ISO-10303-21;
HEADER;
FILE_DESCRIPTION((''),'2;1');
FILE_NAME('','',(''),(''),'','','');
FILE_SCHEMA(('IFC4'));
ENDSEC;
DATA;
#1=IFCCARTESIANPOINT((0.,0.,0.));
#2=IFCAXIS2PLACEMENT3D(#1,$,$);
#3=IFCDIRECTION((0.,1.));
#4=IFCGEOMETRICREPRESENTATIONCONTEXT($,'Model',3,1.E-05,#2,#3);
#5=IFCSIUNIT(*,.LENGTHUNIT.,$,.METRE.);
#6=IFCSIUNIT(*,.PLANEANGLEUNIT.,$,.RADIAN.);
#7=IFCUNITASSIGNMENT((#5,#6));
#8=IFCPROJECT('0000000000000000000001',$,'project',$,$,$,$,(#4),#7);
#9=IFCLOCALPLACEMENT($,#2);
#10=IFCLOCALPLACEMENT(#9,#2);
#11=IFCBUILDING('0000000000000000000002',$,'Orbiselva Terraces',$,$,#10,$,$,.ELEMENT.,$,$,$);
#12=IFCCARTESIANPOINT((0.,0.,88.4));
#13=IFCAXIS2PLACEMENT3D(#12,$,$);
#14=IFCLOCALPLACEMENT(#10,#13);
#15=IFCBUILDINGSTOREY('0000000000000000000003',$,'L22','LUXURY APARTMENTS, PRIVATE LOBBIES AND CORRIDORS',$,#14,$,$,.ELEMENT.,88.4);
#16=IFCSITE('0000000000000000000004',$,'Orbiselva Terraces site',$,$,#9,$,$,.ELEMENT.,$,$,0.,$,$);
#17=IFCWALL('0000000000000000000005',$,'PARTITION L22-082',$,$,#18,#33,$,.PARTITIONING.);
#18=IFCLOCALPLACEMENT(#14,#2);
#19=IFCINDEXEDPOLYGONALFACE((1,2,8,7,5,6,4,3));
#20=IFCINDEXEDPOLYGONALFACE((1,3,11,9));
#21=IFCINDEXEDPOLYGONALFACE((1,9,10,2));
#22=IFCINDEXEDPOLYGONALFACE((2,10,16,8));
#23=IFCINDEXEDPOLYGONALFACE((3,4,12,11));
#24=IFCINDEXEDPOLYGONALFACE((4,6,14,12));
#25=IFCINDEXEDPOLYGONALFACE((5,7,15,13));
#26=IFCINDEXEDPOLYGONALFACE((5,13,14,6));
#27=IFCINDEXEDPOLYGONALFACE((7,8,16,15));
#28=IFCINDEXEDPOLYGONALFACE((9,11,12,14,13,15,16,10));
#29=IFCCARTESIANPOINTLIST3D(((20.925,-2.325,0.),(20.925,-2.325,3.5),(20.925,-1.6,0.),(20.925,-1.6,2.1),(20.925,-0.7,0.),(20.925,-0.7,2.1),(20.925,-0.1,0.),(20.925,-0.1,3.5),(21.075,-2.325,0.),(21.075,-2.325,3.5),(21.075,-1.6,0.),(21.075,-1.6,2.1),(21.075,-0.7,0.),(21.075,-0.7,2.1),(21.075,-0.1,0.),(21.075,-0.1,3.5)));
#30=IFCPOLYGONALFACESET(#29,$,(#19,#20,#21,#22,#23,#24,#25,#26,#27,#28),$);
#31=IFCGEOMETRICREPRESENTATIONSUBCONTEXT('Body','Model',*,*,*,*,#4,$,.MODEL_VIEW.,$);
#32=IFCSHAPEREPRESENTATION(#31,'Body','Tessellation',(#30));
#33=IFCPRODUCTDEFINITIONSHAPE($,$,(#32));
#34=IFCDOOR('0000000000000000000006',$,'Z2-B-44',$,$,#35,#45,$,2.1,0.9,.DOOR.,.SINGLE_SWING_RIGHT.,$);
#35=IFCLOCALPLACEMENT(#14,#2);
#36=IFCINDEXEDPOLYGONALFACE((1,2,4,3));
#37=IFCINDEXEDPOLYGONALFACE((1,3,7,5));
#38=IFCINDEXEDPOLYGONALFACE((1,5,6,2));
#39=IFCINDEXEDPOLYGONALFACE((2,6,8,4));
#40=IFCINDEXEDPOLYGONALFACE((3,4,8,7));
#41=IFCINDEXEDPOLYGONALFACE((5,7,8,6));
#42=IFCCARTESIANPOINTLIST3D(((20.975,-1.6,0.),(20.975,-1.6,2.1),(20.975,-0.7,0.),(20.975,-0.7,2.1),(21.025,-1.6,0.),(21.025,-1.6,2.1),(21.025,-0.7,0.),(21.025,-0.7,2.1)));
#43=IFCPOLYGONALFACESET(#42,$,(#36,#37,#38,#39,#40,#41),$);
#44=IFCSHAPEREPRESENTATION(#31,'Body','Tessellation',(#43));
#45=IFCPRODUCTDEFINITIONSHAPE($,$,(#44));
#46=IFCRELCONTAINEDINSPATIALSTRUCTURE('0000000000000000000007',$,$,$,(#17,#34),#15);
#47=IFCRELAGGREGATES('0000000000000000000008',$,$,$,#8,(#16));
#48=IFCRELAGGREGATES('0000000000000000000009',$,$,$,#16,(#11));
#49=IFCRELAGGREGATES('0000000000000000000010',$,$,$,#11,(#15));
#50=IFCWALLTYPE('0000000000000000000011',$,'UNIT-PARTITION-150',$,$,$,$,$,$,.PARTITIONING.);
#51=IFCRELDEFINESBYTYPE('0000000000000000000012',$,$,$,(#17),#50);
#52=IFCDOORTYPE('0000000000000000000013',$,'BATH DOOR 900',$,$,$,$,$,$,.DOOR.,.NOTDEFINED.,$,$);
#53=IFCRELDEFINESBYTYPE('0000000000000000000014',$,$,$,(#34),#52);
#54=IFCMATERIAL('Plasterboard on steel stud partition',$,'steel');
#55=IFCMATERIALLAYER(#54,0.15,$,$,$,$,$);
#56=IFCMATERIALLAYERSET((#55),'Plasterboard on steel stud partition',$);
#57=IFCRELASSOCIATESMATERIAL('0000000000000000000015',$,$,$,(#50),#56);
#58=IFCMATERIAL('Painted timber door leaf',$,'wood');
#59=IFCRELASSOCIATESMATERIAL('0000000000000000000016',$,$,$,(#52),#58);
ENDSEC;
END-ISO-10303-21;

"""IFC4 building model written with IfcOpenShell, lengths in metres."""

from ifc_helpers import new_model, si_unit, direction, frame, frame_2d, origin, place, context, subcontext, project, spatial, rectangle, extrude, material, layer, layer_set, type_object, element, fill, save


model = new_model("IFC4")

# Units and contexts
model_context = context("Model", 3, precision=1e-05, world=origin(), true_north=direction((0.0, 1.0)))
body_context = subcontext(model_context, "Body", "Model", "MODEL_VIEW")
ifc_project = project(units=[si_unit("LENGTHUNIT", "METRE"), si_unit("PLANEANGLEUNIT", "RADIAN")], contexts=[model_context])

# Site, building, storey
site_placement = place(None, origin())
site = spatial("IfcSite", under=ifc_project, at=site_placement, Name="Orbiselva Terraces site", CompositionType="ELEMENT", RefElevation=0.0)
building_placement = place(site_placement, origin())
building = spatial("IfcBuilding", under=site, at=building_placement, Name="Orbiselva Terraces", CompositionType="ELEMENT")
storey_placement = place(building_placement, frame((0.0, 0.0, 88.4)))
storey = spatial("IfcBuildingStorey", under=building, at=storey_placement, Name="L22", Description="LUXURY APARTMENTS, PRIVATE LOBBIES AND CORRIDORS", CompositionType="ELEMENT", Elevation=88.4)

# Shared definitions
ifc_material_1 = material(Name="Plasterboard on steel stud partition", Category="steel")

# Shared definitions
ifc_layer_1 = layer(ifc_material_1, 0.15)
ifc_layer_set_1 = layer_set([ifc_layer_1], Name="Plasterboard on steel stud partition")
wall_type_1 = type_object("IfcWallType", Name="UNIT-PARTITION-150", PredefinedType="PARTITIONING", material=ifc_layer_set_1)
ifc_material_2 = material(Name="Painted timber door leaf", Category="wood")
door_type_1 = type_object("IfcDoorType", Name="BATH DOOR 900", OperationType="NOTDEFINED", PredefinedType="DOOR", material=ifc_material_2)

# Wall, opening, door
wall_1_placement = place(storey_placement, frame((21.0, -2.325, 0.0), z_axis=(0.0, 0.0, 1.0), x_axis=(0.0, 1.0, 0.0)))
wall_1 = element("IfcWall", 1, at=wall_1_placement, inside=storey, type_object=wall_type_1, Name="PARTITION L22-082", PredefinedType="PARTITIONING", context=body_context, shape_type="SweptSolid", body=[
    extrude(rectangle(XDim=2.225, YDim=0.15, at=frame_2d((1.1125, 0.0))), origin(), (0.0, 0.0, 1.0), 3.5),
])
opening_1_placement = place(wall_1_placement, frame((0.725, 0.0, 0.0)))
opening_1 = element("IfcOpeningElement", 2, at=opening_1_placement, cuts=wall_1, PredefinedType="OPENING", context=body_context, shape_type="SweptSolid", body=[
    extrude(rectangle(XDim=0.9, YDim=2.1, at=frame_2d((0.45, 1.05))), frame((0.0, 0.085, 0.0), z_axis=(0.0, -1.0, 0.0), x_axis=(1.0, 0.0, 0.0)), (0.0, 0.0, 1.0), 0.17),
])
door_1_placement = place(opening_1_placement, origin())
door_1 = element("IfcDoor", 3, at=door_1_placement, inside=storey, type_object=door_type_1, Name="Z2-B-44", OperationType="SINGLE_SWING_RIGHT", OverallHeight=2.1, OverallWidth=0.9, PredefinedType="DOOR", context=body_context, shape_type="SweptSolid", body=[
    extrude(rectangle(XDim=0.9, YDim=2.1, at=frame_2d((0.45, 1.05))), frame((0.0, 0.025, 0.0), z_axis=(0.0, -1.0, 0.0), x_axis=(1.0, 0.0, 0.0)), (0.0, 0.0, 1.0), 0.05),
])
fill(opening_1, door_1)

save(model, "model.ifc")
